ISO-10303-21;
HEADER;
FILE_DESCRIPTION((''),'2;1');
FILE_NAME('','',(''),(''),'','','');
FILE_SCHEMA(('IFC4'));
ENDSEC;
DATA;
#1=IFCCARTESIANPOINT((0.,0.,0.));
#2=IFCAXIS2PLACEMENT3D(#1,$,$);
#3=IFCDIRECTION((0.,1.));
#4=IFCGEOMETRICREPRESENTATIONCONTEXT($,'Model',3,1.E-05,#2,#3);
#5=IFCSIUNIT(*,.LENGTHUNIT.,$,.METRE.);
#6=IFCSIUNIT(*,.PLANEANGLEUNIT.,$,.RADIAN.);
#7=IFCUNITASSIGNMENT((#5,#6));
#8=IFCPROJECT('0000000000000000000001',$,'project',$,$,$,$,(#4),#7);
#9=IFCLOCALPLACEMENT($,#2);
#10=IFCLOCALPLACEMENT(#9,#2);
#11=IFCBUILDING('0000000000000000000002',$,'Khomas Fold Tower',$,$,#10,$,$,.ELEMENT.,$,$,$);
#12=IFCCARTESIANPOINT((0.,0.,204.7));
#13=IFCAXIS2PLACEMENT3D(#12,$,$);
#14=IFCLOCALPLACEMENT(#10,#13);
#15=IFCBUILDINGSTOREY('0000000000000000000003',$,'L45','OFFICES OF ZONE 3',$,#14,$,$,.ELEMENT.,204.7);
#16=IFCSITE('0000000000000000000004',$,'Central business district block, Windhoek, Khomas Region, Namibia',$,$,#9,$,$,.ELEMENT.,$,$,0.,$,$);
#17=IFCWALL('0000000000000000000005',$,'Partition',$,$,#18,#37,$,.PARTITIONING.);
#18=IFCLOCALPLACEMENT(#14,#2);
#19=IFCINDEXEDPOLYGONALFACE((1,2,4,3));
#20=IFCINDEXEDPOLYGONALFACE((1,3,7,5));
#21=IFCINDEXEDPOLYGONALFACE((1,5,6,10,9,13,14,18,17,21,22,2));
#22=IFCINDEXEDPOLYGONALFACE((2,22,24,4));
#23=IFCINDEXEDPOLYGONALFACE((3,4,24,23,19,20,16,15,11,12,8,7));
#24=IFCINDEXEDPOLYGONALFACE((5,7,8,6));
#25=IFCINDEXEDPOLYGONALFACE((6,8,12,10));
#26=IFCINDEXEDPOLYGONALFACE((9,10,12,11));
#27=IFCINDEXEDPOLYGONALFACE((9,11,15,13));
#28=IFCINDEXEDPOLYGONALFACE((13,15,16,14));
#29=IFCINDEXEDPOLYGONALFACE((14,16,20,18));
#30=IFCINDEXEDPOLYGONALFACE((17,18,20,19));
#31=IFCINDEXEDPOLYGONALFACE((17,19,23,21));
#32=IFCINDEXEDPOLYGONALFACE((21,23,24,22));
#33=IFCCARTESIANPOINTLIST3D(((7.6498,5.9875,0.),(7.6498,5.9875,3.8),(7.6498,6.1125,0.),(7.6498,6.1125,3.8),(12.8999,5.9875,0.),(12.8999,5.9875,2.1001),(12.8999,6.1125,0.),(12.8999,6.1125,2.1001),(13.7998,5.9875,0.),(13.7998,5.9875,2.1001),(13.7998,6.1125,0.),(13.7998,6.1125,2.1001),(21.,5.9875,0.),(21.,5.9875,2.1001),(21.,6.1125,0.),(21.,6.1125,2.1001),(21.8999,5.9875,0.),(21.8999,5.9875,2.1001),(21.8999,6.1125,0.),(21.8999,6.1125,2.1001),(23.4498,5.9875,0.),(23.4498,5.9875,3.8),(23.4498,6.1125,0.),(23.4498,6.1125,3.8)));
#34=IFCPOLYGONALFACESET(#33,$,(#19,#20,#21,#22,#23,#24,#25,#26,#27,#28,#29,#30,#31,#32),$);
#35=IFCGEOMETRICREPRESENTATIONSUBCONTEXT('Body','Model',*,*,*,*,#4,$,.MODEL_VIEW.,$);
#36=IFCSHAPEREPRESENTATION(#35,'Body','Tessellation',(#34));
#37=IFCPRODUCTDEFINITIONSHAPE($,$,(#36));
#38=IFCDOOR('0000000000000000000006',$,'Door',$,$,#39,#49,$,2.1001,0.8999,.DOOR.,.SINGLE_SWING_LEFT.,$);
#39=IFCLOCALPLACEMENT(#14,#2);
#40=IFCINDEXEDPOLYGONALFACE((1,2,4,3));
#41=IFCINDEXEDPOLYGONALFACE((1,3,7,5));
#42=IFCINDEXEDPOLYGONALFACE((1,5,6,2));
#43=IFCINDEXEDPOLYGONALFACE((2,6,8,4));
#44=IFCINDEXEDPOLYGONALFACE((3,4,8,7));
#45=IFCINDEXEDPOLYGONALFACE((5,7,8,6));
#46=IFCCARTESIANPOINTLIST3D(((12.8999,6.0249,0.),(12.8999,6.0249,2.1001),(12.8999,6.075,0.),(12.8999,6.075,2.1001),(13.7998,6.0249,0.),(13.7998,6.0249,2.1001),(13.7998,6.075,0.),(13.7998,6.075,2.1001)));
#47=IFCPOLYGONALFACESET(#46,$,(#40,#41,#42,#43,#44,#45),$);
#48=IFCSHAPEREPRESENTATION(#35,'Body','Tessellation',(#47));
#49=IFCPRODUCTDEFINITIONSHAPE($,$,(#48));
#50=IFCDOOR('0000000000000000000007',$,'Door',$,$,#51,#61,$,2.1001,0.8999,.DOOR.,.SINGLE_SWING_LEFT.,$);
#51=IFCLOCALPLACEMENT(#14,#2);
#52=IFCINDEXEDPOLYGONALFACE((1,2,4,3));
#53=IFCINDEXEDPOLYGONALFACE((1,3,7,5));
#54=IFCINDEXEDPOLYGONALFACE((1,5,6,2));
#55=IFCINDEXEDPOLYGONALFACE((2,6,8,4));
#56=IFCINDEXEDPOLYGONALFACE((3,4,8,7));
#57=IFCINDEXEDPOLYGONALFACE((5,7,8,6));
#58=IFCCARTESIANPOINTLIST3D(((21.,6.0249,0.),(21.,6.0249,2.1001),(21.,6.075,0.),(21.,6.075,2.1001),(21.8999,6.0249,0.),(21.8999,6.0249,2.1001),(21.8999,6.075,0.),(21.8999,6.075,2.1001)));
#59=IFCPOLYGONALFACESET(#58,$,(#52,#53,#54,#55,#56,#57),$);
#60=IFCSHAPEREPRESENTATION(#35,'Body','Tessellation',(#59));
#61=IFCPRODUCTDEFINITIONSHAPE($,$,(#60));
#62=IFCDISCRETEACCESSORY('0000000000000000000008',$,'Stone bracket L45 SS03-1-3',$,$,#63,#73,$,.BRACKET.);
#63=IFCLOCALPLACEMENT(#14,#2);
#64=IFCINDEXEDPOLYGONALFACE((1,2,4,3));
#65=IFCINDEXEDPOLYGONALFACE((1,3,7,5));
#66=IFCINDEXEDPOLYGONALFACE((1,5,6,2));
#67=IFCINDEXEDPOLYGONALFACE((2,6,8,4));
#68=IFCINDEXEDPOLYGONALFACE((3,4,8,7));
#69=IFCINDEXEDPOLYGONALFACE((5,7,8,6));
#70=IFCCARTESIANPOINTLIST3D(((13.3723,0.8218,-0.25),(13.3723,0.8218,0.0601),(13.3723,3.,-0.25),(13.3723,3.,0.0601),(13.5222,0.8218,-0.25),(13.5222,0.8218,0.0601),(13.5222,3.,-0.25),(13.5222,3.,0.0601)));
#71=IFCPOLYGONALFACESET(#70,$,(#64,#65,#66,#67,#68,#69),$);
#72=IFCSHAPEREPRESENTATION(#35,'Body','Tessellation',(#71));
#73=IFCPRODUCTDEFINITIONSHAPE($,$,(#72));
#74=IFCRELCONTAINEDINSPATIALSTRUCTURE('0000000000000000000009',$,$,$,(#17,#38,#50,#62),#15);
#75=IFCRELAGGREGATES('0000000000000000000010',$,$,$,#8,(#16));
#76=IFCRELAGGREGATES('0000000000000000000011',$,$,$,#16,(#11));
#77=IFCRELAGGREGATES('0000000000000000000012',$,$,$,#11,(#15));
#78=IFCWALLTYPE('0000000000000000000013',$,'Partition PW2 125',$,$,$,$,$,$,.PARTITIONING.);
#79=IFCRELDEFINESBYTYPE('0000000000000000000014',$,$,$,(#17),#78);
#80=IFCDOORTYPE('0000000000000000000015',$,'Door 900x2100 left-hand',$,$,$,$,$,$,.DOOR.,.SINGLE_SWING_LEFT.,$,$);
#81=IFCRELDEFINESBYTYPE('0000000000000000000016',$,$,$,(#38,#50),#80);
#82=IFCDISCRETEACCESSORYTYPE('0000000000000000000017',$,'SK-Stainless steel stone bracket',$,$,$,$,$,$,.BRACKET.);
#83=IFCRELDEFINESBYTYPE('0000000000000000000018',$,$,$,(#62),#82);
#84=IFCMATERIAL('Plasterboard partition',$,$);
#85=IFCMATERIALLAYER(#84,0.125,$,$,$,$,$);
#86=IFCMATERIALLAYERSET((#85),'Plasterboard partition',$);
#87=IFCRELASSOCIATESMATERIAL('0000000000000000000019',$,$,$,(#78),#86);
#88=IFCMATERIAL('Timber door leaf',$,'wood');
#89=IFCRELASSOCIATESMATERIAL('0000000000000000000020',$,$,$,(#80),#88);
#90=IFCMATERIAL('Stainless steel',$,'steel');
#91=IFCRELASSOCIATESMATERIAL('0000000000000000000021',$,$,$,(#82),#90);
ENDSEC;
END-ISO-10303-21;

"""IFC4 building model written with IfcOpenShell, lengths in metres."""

from ifc_helpers import new_model, si_unit, direction, frame, frame_2d, origin, origin_2d, place, context, subcontext, project, spatial, rectangle, extrude, source, transform, mapped, material, layer, layer_set, type_object, element, fill, save


model = new_model("IFC4")

# Units and contexts
model_context = context("Model", 3, precision=1e-05, world=origin(), true_north=direction((0.0, 1.0)))
body_context = subcontext(model_context, "Body", "Model", "MODEL_VIEW")
ifc_project = project(units=[si_unit("LENGTHUNIT", "METRE"), si_unit("PLANEANGLEUNIT", "RADIAN")], contexts=[model_context])

# Site, building, storey
site_placement = place(None, origin())
site = spatial("IfcSite", under=ifc_project, at=site_placement, Name="Central business district block, Windhoek, Khomas Region, Namibia", CompositionType="ELEMENT", RefElevation=0.0)
building_placement = place(site_placement, origin())
building = spatial("IfcBuilding", under=site, at=building_placement, Name="Khomas Fold Tower", CompositionType="ELEMENT")
storey_placement = place(building_placement, frame((0.0, 0.0, 204.7)))
storey = spatial("IfcBuildingStorey", under=building, at=storey_placement, Name="L45", Description="OFFICES OF ZONE 3", CompositionType="ELEMENT", Elevation=204.7)

# Wall, openings, doors
ifc_material_1 = material(Name="Plasterboard partition")
ifc_layer_1 = layer(ifc_material_1, 0.125)
ifc_layer_set_1 = layer_set([ifc_layer_1], Name="Plasterboard partition")
wall_type = type_object("IfcWallType", Name="Partition PW2 125", PredefinedType="PARTITIONING", material=ifc_layer_set_1)
shared_shape_1 = source(origin(), body_context, "Body", "SweptSolid", [
    extrude(rectangle(XDim=15.8, YDim=0.125, at=frame_2d((7.8999, 0.0))), origin(), (0.0, 0.0, 1.0), 3.8),
])
wall_placement = place(storey_placement, frame((7.6499, 6.05, 0.0), z_axis=(0.0, 0.0, 1.0), x_axis=(1.0, 0.0, 0.0)))
wall = element("IfcWall", 1, at=wall_placement, inside=storey, type_object=wall_type, Name="Partition", PredefinedType="PARTITIONING", context=body_context, shape_type="MappedRepresentation", body=[
    mapped(shared_shape_1, transform((0.0, 0.0, 0.0))),
])
shared_shape_2 = source(origin(), body_context, "Body", "SweptSolid", [
    extrude(rectangle(XDim=0.8999, YDim=2.1001, at=frame_2d((0.45, 1.05))), frame((0.0, 0.0725, 0.0), z_axis=(0.0, -1.0, 0.0), x_axis=(1.0, 0.0, 0.0)), (0.0, 0.0, 1.0), 0.145),
])
opening_1_placement = place(wall_placement, frame((5.25, 0.0, 0.0)))
opening_1 = element("IfcOpeningElement", 2, at=opening_1_placement, cuts=wall, PredefinedType="OPENING", context=body_context, shape_type="MappedRepresentation", body=[
    mapped(shared_shape_2, transform((0.0, 0.0, 0.0))),
])
opening_2_placement = place(wall_placement, frame((13.3501, 0.0, 0.0)))
opening_2 = element("IfcOpeningElement", 3, at=opening_2_placement, cuts=wall, PredefinedType="OPENING", context=body_context, shape_type="MappedRepresentation", body=[
    mapped(shared_shape_2, transform((0.0, 0.0, 0.0))),
])
ifc_material_2 = material(Name="Timber door leaf", Category="wood")
door_type = type_object("IfcDoorType", Name="Door 900x2100 left-hand", OperationType="SINGLE_SWING_LEFT", PredefinedType="DOOR", material=ifc_material_2)
shared_shape_3 = source(origin(), body_context, "Body", "SweptSolid", [
    extrude(rectangle(XDim=0.8999, YDim=2.1001, at=frame_2d((0.45, 1.05))), frame((0.0, 0.0249, 0.0), z_axis=(0.0, -1.0, 0.0), x_axis=(1.0, 0.0, 0.0)), (0.0, 0.0, 1.0), 0.05),
])
door_1_placement = place(opening_1_placement, origin())
door_1 = element("IfcDoor", 4, at=door_1_placement, inside=storey, type_object=door_type, Name="Door", OperationType="SINGLE_SWING_LEFT", OverallHeight=2.1001, OverallWidth=0.8999, PredefinedType="DOOR", context=body_context, shape_type="MappedRepresentation", body=[
    mapped(shared_shape_3, transform((0.0, 0.0, 0.0))),
])
fill(opening_1, door_1)
door_2_placement = place(opening_2_placement, origin())
door_2 = element("IfcDoor", 5, at=door_2_placement, inside=storey, type_object=door_type, Name="Door", OperationType="SINGLE_SWING_LEFT", OverallHeight=2.1001, OverallWidth=0.8999, PredefinedType="DOOR", context=body_context, shape_type="MappedRepresentation", body=[
    mapped(shared_shape_3, transform((0.0, 0.0, 0.0))),
])
fill(opening_2, door_2)

# Discrete accessory
ifc_material_3 = material(Name="Stainless steel", Category="steel")
discrete_accessory_type = type_object("IfcDiscreteAccessoryType", Name="SK-Stainless steel stone bracket", PredefinedType="BRACKET", material=ifc_material_3)
shared_shape_4 = source(origin(), body_context, "Body", "SweptSolid", [
    extrude(rectangle(XDim=2.1782, YDim=0.1499, at=origin_2d()), origin(), (0.0, 0.0, 1.0), 0.3101),
])
discrete_accessory_placement = place(storey_placement, frame((13.4473, 1.9109, -0.25), z_axis=(0.0, 0.0, 1.0), x_axis=(0.0, -1.0, 0.0)))
element("IfcDiscreteAccessory", 6, at=discrete_accessory_placement, inside=storey, type_object=discrete_accessory_type, Name="Stone bracket L45 SS03-1-3", PredefinedType="BRACKET", context=body_context, shape_type="MappedRepresentation", body=[
    mapped(shared_shape_4, transform((0.0, 0.0, 0.0))),
])

save(model, "model.ifc")
